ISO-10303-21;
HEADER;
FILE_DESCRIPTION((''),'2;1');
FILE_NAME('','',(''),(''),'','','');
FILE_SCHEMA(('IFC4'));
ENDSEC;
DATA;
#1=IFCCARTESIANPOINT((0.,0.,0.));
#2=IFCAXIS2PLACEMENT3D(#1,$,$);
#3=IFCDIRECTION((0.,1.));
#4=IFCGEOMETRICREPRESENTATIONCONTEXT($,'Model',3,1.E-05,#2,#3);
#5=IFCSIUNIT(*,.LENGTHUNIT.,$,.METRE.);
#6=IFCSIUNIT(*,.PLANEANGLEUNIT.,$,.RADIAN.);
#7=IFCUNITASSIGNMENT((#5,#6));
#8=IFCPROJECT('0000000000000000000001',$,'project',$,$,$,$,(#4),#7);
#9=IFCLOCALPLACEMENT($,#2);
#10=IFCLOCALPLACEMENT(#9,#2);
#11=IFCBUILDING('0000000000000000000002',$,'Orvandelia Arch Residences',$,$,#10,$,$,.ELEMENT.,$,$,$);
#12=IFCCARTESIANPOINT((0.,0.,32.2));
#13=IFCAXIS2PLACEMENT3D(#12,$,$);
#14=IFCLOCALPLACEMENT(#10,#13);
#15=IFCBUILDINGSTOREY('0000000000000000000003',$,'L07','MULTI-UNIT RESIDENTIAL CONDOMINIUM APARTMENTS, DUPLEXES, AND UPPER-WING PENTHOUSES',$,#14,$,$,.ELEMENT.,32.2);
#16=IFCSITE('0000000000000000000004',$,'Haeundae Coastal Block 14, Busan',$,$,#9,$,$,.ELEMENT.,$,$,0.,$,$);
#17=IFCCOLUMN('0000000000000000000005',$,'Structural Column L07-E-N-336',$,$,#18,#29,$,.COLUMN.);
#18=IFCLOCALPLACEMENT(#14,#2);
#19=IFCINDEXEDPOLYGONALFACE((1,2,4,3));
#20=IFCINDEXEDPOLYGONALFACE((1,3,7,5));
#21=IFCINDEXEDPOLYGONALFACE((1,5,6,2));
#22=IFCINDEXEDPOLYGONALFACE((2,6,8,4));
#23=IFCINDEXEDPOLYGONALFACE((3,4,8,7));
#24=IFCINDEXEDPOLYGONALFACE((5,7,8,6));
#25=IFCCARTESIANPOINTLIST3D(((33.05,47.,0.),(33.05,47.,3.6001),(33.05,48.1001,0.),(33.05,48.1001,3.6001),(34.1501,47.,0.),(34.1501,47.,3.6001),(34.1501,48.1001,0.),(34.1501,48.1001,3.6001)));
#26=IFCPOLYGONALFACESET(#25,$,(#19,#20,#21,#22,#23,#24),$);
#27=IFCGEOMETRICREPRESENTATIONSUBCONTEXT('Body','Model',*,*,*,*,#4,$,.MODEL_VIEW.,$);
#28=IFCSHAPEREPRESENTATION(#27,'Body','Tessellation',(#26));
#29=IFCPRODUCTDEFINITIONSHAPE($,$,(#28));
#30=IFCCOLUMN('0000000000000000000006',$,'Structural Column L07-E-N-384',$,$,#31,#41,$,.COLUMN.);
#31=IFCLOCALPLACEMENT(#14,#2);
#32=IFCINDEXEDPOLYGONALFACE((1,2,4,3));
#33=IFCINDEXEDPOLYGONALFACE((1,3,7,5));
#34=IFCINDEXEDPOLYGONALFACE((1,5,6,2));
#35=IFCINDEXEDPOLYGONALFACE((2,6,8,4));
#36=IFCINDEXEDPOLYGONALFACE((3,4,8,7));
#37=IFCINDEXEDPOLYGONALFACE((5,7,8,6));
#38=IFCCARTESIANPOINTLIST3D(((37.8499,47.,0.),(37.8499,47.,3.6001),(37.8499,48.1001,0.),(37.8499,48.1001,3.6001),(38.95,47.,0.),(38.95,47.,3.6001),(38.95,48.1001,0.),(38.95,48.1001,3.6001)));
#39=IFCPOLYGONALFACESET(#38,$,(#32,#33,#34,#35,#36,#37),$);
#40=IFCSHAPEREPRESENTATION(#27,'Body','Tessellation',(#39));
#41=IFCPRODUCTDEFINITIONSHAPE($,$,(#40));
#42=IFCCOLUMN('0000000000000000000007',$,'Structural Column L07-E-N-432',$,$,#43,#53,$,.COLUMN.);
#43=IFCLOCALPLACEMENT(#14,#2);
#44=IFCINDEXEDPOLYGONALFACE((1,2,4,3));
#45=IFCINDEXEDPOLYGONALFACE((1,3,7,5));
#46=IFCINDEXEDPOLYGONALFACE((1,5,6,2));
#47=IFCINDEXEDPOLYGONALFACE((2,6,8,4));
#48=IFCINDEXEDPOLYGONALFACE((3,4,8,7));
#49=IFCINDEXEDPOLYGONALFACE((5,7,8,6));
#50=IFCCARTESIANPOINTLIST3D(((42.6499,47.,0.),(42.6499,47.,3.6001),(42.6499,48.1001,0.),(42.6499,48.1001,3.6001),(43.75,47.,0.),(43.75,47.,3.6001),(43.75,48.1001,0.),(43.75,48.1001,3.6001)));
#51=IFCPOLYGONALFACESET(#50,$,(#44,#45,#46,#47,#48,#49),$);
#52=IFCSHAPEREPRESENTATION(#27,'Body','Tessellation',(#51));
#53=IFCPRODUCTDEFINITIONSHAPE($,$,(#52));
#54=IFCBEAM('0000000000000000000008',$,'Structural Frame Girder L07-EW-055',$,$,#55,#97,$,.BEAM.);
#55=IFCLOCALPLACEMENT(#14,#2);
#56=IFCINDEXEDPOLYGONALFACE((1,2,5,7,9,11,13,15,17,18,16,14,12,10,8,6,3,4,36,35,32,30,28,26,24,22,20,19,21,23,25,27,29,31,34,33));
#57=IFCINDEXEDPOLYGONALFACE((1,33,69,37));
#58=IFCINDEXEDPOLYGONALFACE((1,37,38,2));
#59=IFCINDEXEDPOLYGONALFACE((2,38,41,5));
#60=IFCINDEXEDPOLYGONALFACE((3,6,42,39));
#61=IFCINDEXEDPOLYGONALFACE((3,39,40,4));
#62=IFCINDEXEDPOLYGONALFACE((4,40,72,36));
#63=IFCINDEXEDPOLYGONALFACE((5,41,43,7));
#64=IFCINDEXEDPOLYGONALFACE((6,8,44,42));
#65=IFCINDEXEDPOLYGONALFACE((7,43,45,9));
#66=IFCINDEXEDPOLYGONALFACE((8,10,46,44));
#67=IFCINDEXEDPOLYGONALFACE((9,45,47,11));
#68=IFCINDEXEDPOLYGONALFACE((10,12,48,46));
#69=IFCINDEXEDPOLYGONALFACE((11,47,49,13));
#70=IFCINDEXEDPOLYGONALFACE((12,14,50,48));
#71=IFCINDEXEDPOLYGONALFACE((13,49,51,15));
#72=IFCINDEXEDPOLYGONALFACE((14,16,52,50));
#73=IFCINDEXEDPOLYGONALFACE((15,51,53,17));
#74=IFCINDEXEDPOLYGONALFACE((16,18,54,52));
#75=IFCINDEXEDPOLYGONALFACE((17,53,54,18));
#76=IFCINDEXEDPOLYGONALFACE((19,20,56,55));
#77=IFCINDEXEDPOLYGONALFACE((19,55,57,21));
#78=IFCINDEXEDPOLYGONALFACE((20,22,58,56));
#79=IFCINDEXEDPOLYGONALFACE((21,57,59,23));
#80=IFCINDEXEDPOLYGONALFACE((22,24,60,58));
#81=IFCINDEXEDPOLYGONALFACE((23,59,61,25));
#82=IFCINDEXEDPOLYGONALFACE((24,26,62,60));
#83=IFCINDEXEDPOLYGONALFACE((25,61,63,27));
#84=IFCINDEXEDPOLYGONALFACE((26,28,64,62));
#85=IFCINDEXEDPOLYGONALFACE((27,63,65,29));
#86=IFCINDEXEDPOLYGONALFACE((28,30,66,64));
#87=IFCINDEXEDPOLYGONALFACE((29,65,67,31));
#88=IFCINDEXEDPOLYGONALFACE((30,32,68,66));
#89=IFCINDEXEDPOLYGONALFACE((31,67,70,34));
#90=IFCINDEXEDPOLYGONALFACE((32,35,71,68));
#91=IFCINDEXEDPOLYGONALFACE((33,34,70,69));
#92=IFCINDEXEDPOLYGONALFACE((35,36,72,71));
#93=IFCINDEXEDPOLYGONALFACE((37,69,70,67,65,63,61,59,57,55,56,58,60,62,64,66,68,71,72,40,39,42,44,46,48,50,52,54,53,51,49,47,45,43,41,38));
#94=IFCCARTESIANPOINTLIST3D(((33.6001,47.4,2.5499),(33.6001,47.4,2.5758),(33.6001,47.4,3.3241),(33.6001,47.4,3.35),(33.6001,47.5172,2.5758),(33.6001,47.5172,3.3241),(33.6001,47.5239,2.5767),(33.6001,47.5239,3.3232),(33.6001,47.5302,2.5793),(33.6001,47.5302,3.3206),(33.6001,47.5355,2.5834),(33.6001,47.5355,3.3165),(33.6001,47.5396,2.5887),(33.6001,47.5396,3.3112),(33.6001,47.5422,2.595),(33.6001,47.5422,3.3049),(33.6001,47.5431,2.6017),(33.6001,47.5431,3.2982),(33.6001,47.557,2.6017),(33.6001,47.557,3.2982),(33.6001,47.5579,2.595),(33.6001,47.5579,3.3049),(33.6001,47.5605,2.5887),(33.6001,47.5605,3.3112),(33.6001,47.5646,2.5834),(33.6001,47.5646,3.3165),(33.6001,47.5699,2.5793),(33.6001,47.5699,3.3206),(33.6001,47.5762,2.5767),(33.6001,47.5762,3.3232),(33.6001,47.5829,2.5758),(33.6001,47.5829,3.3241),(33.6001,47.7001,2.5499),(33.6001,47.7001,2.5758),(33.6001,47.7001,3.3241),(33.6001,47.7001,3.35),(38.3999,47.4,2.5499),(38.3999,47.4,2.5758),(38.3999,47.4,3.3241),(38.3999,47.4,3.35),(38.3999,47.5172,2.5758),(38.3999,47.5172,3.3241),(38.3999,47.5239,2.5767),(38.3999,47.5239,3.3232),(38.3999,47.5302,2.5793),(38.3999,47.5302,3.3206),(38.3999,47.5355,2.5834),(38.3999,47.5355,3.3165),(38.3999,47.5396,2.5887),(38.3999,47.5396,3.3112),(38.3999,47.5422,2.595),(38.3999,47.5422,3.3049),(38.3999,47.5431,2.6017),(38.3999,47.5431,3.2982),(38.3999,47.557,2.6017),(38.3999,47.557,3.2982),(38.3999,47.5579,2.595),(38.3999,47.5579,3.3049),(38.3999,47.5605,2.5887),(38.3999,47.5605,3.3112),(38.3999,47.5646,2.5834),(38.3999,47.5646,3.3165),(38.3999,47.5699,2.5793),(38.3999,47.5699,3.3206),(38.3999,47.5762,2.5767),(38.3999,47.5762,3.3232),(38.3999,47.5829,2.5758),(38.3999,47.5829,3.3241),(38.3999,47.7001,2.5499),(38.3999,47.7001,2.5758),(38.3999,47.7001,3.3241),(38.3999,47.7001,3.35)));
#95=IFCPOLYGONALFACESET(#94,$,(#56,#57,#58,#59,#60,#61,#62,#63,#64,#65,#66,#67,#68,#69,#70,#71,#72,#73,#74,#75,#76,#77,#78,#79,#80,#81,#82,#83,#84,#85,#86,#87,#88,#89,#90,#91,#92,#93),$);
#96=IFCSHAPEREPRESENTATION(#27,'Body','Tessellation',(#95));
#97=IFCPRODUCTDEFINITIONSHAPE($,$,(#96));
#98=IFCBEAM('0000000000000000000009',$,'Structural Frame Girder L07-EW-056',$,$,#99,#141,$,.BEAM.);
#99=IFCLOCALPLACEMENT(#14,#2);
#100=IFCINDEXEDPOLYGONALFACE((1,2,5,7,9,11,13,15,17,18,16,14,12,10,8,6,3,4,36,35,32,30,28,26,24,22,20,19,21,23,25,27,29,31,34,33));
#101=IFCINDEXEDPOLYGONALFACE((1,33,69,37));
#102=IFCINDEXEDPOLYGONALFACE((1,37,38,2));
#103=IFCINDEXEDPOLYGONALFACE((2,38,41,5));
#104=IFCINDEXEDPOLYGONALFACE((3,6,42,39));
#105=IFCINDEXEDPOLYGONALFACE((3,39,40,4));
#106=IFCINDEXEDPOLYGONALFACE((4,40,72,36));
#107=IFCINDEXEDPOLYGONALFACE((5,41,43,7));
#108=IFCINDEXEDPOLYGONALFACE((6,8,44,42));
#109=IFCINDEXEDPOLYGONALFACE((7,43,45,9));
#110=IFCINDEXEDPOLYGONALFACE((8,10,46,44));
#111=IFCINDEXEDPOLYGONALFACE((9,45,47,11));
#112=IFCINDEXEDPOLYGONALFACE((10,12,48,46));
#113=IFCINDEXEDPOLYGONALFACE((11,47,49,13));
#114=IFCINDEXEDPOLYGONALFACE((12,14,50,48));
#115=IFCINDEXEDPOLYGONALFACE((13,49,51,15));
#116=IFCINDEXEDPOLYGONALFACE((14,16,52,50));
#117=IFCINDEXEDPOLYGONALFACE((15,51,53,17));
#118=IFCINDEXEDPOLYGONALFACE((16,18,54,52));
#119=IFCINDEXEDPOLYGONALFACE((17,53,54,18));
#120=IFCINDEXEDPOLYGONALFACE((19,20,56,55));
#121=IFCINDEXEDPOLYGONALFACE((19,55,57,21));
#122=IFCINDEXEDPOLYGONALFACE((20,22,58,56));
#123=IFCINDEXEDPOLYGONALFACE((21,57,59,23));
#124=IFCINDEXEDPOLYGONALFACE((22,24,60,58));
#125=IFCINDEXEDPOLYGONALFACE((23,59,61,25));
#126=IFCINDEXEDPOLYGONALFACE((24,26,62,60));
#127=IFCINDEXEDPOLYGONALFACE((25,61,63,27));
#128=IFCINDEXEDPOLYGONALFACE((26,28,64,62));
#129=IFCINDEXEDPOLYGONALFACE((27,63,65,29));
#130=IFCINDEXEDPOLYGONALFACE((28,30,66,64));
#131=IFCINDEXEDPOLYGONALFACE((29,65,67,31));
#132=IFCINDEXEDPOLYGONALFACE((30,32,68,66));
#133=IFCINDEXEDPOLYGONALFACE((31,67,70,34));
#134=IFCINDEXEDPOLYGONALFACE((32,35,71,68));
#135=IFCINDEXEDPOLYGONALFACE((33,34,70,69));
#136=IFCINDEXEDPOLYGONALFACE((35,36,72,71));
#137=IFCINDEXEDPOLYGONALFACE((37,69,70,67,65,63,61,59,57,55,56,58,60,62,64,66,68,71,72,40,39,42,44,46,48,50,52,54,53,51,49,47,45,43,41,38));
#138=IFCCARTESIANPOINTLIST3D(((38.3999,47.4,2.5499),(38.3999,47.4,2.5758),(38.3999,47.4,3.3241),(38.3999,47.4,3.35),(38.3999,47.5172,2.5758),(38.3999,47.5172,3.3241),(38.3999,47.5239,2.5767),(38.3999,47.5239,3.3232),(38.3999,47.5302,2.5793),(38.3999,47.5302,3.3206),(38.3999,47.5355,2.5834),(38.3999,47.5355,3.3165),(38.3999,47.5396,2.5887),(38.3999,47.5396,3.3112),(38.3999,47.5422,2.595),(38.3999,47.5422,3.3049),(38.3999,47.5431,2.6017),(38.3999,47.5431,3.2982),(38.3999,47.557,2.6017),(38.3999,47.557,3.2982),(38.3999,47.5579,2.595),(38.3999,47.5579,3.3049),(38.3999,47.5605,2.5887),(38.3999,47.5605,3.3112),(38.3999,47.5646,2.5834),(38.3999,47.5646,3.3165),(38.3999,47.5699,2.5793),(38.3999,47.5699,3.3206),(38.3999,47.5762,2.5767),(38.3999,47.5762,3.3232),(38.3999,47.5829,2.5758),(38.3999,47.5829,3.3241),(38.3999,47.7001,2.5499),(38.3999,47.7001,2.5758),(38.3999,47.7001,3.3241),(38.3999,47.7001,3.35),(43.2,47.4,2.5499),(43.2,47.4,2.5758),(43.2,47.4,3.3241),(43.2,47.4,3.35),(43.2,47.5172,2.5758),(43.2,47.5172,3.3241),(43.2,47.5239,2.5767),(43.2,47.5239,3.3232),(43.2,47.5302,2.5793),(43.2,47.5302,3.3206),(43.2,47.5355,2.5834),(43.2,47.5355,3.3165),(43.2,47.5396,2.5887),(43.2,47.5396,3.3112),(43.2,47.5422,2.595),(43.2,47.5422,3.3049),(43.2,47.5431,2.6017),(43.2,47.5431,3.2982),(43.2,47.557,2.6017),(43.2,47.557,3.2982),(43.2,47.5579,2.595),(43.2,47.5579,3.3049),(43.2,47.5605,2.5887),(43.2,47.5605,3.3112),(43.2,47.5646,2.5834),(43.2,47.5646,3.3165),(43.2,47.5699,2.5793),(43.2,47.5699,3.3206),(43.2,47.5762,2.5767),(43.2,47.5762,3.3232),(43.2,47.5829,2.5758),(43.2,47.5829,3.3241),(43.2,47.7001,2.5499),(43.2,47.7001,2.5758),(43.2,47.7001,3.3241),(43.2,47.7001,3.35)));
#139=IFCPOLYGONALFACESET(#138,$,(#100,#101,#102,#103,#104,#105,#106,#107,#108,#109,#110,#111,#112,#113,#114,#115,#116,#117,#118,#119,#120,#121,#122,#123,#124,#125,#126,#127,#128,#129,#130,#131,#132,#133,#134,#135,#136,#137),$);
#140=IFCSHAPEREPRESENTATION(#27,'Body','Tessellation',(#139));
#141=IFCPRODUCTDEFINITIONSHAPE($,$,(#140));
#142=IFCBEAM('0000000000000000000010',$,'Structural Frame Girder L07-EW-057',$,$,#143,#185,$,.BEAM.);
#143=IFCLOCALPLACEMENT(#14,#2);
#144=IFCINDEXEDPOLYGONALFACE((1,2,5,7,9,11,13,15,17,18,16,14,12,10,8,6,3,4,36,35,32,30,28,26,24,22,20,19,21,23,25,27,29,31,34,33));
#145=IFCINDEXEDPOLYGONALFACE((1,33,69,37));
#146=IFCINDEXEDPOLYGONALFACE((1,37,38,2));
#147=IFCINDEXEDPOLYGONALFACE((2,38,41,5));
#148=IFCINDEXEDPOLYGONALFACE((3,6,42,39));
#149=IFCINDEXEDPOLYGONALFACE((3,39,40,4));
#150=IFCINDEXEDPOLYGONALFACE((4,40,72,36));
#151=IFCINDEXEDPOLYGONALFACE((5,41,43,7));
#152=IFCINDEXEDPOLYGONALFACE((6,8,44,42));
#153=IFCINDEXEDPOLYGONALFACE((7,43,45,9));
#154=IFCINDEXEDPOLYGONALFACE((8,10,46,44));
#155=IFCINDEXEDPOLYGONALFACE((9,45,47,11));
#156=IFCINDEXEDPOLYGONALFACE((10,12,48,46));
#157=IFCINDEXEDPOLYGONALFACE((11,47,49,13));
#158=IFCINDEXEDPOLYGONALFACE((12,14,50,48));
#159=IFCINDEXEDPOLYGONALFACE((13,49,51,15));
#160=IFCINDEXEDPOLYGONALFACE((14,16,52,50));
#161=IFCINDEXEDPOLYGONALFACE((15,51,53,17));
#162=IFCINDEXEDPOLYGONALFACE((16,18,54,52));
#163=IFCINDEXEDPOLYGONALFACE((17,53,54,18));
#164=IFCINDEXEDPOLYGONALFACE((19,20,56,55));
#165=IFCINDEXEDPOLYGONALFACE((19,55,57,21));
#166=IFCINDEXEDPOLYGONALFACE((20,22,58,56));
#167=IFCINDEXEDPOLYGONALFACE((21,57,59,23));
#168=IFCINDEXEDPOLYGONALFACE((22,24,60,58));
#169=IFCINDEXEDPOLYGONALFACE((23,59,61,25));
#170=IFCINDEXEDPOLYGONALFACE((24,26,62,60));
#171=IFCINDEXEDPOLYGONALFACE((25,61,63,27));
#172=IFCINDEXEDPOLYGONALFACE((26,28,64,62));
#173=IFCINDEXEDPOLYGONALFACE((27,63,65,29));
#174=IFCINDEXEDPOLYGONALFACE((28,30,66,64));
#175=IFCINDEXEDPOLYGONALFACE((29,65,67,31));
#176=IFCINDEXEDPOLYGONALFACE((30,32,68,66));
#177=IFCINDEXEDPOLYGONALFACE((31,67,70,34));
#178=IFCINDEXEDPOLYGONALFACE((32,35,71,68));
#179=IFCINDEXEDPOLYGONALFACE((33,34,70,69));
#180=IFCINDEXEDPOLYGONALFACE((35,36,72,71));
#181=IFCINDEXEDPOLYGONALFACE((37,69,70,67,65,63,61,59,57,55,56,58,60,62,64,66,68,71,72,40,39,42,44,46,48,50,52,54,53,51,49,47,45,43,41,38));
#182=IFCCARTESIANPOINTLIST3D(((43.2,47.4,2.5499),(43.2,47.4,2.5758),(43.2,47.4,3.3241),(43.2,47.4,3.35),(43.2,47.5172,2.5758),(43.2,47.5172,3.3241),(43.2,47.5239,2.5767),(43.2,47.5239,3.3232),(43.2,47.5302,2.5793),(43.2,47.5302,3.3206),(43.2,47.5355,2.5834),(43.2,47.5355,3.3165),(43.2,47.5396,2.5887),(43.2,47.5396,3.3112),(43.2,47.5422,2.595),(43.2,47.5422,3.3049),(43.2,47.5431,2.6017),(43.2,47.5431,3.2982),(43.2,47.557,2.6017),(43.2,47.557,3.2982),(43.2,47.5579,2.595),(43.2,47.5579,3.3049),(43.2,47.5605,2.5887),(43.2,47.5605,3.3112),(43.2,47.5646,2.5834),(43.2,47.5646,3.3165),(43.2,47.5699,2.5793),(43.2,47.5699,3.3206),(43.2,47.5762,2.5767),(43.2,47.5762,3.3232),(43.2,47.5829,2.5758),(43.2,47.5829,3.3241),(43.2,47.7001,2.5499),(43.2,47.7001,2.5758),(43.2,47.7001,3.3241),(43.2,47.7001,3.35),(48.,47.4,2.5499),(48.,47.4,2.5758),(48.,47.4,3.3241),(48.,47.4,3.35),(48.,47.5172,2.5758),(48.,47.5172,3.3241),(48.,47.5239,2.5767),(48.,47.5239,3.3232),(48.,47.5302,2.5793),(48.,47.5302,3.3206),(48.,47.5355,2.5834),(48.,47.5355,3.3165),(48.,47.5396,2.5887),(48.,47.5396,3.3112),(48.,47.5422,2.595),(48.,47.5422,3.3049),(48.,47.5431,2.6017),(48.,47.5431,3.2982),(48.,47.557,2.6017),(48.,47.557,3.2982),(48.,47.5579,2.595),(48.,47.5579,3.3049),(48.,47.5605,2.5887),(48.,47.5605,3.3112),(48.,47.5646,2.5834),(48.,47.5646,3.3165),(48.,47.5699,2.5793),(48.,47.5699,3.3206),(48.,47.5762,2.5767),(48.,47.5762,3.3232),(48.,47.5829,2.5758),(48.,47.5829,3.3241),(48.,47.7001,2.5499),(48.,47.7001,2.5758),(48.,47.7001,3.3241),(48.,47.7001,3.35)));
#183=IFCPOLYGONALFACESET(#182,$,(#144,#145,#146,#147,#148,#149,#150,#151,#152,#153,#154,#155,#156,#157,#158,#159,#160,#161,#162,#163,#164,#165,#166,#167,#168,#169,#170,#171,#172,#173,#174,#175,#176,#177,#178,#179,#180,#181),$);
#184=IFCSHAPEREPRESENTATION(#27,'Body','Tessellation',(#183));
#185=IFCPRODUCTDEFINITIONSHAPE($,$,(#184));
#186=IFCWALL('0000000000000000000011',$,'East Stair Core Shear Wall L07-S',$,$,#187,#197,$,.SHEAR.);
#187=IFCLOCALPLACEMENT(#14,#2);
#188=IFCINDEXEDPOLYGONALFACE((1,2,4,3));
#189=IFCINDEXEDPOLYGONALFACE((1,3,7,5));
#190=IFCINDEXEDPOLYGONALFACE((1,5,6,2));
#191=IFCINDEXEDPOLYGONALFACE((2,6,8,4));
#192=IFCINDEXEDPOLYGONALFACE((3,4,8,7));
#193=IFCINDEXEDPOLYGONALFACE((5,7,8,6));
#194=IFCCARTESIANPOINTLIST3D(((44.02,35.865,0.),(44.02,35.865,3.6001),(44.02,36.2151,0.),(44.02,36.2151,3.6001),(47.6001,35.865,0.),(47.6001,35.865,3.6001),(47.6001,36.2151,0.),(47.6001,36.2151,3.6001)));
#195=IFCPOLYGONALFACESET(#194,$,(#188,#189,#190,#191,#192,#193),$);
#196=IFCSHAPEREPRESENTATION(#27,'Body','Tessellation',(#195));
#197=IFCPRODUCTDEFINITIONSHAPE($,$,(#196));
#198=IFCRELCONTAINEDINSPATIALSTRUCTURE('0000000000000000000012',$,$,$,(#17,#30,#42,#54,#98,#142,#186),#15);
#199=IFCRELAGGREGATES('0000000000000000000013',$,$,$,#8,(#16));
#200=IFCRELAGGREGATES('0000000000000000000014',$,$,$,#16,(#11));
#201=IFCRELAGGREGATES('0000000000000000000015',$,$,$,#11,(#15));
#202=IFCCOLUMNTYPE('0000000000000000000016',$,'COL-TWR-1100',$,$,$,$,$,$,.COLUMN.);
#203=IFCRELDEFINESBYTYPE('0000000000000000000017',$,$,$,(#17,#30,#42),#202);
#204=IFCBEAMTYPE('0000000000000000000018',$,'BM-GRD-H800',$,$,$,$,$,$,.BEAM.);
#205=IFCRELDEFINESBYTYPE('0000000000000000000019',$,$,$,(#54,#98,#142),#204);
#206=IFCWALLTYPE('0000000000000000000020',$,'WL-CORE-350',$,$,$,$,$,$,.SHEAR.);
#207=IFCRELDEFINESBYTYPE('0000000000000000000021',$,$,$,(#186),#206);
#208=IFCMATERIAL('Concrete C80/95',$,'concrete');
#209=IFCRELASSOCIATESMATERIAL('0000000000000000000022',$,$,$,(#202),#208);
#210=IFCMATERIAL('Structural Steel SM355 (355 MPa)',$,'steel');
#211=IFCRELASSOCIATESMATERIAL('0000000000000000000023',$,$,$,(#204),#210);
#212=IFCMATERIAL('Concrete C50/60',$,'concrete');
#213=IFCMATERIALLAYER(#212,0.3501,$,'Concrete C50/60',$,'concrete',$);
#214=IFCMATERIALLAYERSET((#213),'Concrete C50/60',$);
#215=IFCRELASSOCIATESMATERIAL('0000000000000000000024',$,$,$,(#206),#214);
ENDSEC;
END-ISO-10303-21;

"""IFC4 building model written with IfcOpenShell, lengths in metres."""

from ifc_helpers import new_model, si_unit, direction, frame, frame_2d, origin, origin_2d, place, context, subcontext, project, spatial, rectangle, i_section, extrude, material, layer, layer_set, material_profile, profile_set, type_object, element, save


model = new_model("IFC4")

# Units and contexts
model_context = context("Model", 3, precision=1e-05, world=origin(), true_north=direction((0.0, 1.0)))
body_context = subcontext(model_context, "Body", "Model", "MODEL_VIEW")
ifc_project = project(units=[si_unit("LENGTHUNIT", "METRE"), si_unit("PLANEANGLEUNIT", "RADIAN")], contexts=[model_context])

# Site, building, storey
site_placement = place(None, origin())
site = spatial("IfcSite", under=ifc_project, at=site_placement, Name="Haeundae Coastal Block 14, Busan", CompositionType="ELEMENT", RefElevation=0.0)
building_placement = place(site_placement, origin())
building = spatial("IfcBuilding", under=site, at=building_placement, Name="Orvandelia Arch Residences", CompositionType="ELEMENT")
storey_placement = place(building_placement, frame((0.0, 0.0, 32.2)))
storey = spatial("IfcBuildingStorey", under=building, at=storey_placement, Name="L07", Description="MULTI-UNIT RESIDENTIAL CONDOMINIUM APARTMENTS, DUPLEXES, AND UPPER-WING PENTHOUSES", CompositionType="ELEMENT", Elevation=32.2)

# Columns
ifc_material_1 = material(Name="Concrete C80/95", Category="concrete")
ifc_material_profile_1 = material_profile(ifc_material_1, rectangle(XDim=1.1001, YDim=1.1001, at=origin_2d()), Name="Concrete C80/95", Category="concrete")
ifc_profile_set_1 = profile_set([ifc_material_profile_1], Name="Concrete C80/95")
column_type = type_object("IfcColumnType", Name="COL-TWR-1100", PredefinedType="COLUMN", material=ifc_profile_set_1)
for number, where, z_axis, x_axis, name in (
    (1, (33.6001, 47.55, 0.0), (0.0, 0.0, 1.0), (1.0, 0.0, 0.0), "Structural Column L07-E-N-336"),
    (2, (38.3999, 47.55, 0.0), (0.0, 0.0, 1.0), (1.0, 0.0, 0.0), "Structural Column L07-E-N-384"),
    (3, (43.2, 47.55, 0.0), (0.0, 0.0, 1.0), (1.0, 0.0, 0.0), "Structural Column L07-E-N-432"),
):
    element("IfcColumn", number, at=place(storey_placement, frame(where, z_axis=z_axis, x_axis=x_axis)), inside=storey, type_object=column_type, Name=name, PredefinedType="COLUMN", context=body_context, shape_type="SweptSolid", body=[
        extrude(rectangle(XDim=1.1001, YDim=1.1001, at=origin_2d()), origin(), (0.0, 0.0, 1.0), 3.6001),
    ])

# Beams
ifc_material_2 = material(Name="Structural Steel SM355 (355 MPa)", Category="steel")
ifc_material_profile_2 = material_profile(ifc_material_2, i_section(OverallWidth=0.3, OverallDepth=0.8, WebThickness=0.0139, FlangeThickness=0.0259, FilletRadius=0.0259, at=origin_2d()), Name="Structural Steel SM355 (355 MPa)", Category="steel")
ifc_profile_set_2 = profile_set([ifc_material_profile_2], Name="Structural Steel SM355 (355 MPa)")
beam_type = type_object("IfcBeamType", Name="BM-GRD-H800", PredefinedType="BEAM", material=ifc_profile_set_2)
beam_placement = place(storey_placement, frame((33.6001, 47.55, 2.95), z_axis=(1.0, 0.0, 0.0), x_axis=(0.0, 1.0, 0.0)))
element("IfcBeam", 4, at=beam_placement, inside=storey, type_object=beam_type, Name="Structural Frame Girder L07-EW-055", PredefinedType="BEAM", context=body_context, shape_type="SweptSolid", body=[
    extrude(i_section(OverallWidth=0.3, OverallDepth=0.8, WebThickness=0.0139, FlangeThickness=0.0259, FilletRadius=0.0259, at=origin_2d()), origin(), (0.0, 0.0, 1.0), 4.7998),
])
for number, where, z_axis, x_axis, name in (
    (5, (38.3999, 47.55, 2.95), (1.0, 0.0, 0.0), (0.0, 1.0, 0.0), "Structural Frame Girder L07-EW-056"),
    (6, (43.2, 47.55, 2.95), (1.0, 0.0, 0.0), (0.0, 1.0, 0.0), "Structural Frame Girder L07-EW-057"),
):
    element("IfcBeam", number, at=place(storey_placement, frame(where, z_axis=z_axis, x_axis=x_axis)), inside=storey, type_object=beam_type, Name=name, PredefinedType="BEAM", context=body_context, shape_type="SweptSolid", body=[
        extrude(i_section(OverallWidth=0.3, OverallDepth=0.8, WebThickness=0.0139, FlangeThickness=0.0259, FilletRadius=0.0259, at=origin_2d()), origin(), (0.0, 0.0, 1.0), 4.8),
    ])

# Wall
ifc_material_3 = material(Name="Concrete C50/60", Category="concrete")
ifc_layer_1 = layer(ifc_material_3, 0.3501, Name="Concrete C50/60", Category="concrete")
ifc_layer_set_1 = layer_set([ifc_layer_1], Name="Concrete C50/60")
wall_type_1 = type_object("IfcWallType", Name="WL-CORE-350", PredefinedType="SHEAR", material=ifc_layer_set_1)
for number, where, z_axis, x_axis, name in (
    (7, (44.02, 36.04, 0.0), (0.0, 0.0, 1.0), (1.0, 0.0, 0.0), "East Stair Core Shear Wall L07-S"),
):
    element("IfcWall", number, at=place(storey_placement, frame(where, z_axis=z_axis, x_axis=x_axis)), inside=storey, type_object=wall_type_1, Name=name, PredefinedType="SHEAR", context=body_context, shape_type="SweptSolid", body=[
        extrude(rectangle(XDim=3.5801, YDim=0.3501, at=frame_2d((1.79, 0.0))), origin(), (0.0, 0.0, 1.0), 3.6001),
    ])

save(model, "model.ifc")
